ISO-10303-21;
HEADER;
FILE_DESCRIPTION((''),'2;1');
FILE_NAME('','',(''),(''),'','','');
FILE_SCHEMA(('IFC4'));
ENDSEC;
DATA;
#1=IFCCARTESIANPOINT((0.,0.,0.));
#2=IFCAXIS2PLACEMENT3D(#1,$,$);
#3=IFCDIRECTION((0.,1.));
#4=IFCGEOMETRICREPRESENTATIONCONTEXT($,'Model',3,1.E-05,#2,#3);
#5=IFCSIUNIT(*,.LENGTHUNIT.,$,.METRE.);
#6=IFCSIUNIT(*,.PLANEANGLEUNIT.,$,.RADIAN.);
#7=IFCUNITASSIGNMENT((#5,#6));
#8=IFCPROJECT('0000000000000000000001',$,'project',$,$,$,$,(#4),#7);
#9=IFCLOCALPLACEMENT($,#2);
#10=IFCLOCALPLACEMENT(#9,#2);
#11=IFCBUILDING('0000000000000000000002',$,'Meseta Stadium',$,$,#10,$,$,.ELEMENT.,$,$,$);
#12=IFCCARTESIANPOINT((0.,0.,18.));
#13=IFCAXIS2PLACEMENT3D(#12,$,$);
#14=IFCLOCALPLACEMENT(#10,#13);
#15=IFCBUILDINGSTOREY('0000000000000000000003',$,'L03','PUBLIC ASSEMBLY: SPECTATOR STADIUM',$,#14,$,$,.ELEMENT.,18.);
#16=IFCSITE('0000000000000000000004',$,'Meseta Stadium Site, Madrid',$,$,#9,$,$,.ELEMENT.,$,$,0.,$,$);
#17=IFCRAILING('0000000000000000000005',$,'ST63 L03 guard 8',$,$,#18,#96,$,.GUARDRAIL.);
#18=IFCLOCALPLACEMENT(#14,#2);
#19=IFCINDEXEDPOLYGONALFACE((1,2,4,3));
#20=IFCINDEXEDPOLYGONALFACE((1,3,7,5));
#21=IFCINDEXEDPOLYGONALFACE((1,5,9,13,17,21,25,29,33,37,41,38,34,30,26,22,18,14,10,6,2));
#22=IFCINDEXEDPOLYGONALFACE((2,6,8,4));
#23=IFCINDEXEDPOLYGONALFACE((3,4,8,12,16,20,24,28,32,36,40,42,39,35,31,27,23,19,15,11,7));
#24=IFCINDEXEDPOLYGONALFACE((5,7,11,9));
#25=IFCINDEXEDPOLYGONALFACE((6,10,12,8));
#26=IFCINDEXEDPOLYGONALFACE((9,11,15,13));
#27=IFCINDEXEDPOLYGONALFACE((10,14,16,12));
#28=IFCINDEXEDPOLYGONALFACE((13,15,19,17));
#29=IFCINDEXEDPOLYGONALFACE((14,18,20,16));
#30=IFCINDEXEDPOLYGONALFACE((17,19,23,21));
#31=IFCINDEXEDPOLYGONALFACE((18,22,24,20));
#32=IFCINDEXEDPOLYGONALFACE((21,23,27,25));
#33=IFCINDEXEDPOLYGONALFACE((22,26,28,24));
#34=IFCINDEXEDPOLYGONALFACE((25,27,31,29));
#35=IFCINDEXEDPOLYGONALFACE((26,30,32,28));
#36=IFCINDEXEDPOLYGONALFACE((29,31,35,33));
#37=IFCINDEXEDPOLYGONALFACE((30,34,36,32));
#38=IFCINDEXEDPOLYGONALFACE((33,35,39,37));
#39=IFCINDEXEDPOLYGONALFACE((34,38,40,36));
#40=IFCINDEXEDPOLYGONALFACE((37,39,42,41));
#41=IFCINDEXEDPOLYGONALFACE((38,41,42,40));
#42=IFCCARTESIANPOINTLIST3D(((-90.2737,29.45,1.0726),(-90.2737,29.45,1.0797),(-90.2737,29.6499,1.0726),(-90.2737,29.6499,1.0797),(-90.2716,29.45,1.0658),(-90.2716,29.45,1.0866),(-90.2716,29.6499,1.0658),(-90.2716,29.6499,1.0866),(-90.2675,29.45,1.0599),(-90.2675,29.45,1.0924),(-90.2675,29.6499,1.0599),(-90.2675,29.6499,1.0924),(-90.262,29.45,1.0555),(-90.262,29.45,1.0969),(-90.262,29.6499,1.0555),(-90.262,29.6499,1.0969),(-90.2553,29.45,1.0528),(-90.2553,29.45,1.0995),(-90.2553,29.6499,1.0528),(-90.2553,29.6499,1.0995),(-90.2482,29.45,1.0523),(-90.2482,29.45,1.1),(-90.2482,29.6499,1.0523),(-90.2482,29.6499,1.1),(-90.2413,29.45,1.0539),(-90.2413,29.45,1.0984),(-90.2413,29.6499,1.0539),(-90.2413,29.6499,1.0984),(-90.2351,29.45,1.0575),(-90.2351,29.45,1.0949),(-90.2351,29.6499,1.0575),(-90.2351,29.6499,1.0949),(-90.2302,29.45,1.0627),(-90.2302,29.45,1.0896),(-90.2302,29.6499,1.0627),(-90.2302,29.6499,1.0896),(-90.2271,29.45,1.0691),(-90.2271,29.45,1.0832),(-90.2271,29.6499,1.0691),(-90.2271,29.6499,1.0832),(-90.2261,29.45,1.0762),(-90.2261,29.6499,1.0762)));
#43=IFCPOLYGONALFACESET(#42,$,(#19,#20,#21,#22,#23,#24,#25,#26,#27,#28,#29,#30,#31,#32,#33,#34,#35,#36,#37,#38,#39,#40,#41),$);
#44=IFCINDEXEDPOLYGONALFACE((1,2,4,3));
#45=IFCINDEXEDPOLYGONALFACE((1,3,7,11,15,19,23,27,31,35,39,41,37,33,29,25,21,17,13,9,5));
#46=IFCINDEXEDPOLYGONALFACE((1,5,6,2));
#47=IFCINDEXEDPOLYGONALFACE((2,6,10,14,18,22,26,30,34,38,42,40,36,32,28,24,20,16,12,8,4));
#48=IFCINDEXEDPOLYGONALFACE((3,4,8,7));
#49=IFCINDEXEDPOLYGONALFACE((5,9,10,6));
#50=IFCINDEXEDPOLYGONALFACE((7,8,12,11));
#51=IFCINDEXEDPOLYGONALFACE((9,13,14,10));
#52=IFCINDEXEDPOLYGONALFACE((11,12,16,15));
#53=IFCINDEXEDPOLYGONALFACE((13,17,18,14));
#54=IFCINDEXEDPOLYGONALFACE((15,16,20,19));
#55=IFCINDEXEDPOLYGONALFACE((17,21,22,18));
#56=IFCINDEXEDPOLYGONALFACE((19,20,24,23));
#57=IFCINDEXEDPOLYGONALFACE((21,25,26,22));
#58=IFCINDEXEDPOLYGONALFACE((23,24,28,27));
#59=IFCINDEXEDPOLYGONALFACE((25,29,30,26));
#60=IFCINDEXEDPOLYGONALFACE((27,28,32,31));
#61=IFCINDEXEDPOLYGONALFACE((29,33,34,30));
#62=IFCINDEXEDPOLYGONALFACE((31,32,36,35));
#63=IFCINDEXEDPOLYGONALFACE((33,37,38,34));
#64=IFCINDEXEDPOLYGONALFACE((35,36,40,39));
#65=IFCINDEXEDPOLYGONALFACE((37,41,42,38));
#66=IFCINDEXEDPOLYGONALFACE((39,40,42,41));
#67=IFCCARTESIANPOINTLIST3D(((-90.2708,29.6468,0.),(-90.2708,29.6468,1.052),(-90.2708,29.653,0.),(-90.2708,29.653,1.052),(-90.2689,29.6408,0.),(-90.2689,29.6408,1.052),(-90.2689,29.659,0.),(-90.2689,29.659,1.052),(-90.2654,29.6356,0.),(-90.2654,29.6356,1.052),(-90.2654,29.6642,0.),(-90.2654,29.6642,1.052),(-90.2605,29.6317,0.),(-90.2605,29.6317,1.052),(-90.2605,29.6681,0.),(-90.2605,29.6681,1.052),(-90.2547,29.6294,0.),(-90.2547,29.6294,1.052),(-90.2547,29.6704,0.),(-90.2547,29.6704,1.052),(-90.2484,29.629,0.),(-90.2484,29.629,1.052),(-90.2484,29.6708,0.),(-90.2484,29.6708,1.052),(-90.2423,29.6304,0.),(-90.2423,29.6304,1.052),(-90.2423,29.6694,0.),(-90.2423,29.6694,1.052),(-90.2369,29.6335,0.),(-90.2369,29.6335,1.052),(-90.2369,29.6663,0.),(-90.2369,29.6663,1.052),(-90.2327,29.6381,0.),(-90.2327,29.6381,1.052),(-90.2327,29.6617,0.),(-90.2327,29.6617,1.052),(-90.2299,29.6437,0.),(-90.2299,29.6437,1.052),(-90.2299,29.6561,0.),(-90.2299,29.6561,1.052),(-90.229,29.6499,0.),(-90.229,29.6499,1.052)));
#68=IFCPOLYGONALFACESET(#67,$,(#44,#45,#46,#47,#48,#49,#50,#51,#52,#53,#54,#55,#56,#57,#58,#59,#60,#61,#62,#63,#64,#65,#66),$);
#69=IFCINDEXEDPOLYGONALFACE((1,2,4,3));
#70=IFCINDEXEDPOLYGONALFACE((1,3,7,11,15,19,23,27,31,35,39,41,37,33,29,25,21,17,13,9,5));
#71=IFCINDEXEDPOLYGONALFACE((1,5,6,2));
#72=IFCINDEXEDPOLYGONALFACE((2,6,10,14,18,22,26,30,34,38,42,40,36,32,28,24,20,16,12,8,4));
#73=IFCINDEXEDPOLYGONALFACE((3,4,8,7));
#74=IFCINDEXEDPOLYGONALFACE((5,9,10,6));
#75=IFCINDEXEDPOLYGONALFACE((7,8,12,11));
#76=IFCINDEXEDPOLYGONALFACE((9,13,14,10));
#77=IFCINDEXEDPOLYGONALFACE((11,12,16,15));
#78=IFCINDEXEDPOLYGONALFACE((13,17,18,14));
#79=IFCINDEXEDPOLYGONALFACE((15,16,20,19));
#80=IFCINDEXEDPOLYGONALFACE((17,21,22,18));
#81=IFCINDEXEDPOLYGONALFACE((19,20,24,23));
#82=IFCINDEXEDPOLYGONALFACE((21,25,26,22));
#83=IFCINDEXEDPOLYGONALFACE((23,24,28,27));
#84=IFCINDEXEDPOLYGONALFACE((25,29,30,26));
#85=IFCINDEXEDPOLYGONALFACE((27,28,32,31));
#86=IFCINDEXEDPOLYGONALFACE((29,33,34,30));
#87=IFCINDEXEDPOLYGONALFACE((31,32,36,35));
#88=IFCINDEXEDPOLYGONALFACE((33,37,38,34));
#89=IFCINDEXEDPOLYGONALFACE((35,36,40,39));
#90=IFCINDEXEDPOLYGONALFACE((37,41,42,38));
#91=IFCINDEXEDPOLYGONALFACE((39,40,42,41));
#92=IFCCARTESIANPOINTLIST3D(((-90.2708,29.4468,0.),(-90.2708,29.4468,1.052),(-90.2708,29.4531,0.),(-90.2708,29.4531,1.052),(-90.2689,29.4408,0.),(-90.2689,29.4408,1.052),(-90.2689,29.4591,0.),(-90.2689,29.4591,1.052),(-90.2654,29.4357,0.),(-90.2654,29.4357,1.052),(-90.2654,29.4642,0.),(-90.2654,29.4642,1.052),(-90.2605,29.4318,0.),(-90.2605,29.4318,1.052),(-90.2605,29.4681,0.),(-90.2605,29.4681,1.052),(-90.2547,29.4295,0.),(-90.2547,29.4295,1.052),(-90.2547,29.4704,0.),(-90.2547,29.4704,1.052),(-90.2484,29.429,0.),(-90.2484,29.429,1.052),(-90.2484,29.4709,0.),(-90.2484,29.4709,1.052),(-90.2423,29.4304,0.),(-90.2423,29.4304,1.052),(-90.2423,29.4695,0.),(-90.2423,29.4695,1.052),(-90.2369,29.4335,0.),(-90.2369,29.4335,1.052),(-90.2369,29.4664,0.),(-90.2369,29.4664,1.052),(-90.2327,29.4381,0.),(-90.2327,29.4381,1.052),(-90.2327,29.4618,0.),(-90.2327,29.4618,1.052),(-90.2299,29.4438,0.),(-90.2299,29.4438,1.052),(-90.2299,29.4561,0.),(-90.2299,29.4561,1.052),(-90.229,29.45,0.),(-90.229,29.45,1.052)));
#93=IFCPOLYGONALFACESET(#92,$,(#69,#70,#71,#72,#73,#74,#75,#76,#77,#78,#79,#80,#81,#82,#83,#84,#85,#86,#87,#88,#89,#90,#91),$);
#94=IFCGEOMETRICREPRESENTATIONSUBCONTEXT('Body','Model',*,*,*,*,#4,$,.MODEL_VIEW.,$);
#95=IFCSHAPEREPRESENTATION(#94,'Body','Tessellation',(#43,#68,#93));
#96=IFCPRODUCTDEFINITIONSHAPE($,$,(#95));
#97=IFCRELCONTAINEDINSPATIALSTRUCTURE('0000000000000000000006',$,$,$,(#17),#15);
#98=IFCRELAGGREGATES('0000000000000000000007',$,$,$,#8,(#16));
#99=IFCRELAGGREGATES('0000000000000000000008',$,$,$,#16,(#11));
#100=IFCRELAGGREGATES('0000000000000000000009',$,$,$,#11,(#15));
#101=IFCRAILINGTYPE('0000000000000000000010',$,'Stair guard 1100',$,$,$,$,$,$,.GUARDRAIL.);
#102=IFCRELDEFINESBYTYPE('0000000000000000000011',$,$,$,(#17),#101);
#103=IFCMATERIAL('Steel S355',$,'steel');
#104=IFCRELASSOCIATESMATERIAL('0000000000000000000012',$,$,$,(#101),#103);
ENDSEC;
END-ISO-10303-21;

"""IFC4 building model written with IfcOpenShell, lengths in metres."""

from ifc_helpers import new_model, si_unit, direction, frame, origin, origin_2d, place, context, subcontext, project, spatial, circle, extrude, material, type_object, element, save


model = new_model("IFC4")

# Units and contexts
model_context = context("Model", 3, precision=1e-05, world=origin(), true_north=direction((0.0, 1.0)))
body_context = subcontext(model_context, "Body", "Model", "MODEL_VIEW")
ifc_project = project(units=[si_unit("LENGTHUNIT", "METRE"), si_unit("PLANEANGLEUNIT", "RADIAN")], contexts=[model_context])

# Site, building, storey
site_placement = place(None, origin())
site = spatial("IfcSite", under=ifc_project, at=site_placement, Name="Meseta Stadium Site, Madrid", CompositionType="ELEMENT", RefElevation=0.0)
building_placement = place(site_placement, origin())
building = spatial("IfcBuilding", under=site, at=building_placement, Name="Meseta Stadium", CompositionType="ELEMENT")
storey_placement = place(building_placement, frame((0.0, 0.0, 18.0)))
storey = spatial("IfcBuildingStorey", under=building, at=storey_placement, Name="L03", Description="PUBLIC ASSEMBLY: SPECTATOR STADIUM", CompositionType="ELEMENT", Elevation=18.0)

# Railing
ifc_material_1 = material(Name="Steel S355", Category="steel")
railing_type_1 = type_object("IfcRailingType", Name="Stair guard 1100", PredefinedType="GUARDRAIL", material=ifc_material_1)
railing_1_placement = place(storey_placement, frame((-90.25, 29.6499, 0.0)))
element("IfcRailing", 1, at=railing_1_placement, inside=storey, type_object=railing_type_1, Name="ST63 L03 guard 8", PredefinedType="GUARDRAIL", context=body_context, shape_type="SweptSolid", body=[
    extrude(circle(Radius=0.0239, at=origin_2d()), frame((0.0, 0.0, 1.0762), z_axis=(0.0, -1.0, 0.0), x_axis=(1.0, 0.0, 0.0)), (0.0, 0.0, 1.0), 0.2),
    extrude(circle(Radius=0.021, at=origin_2d()), origin(), (0.0, 0.0, 1.0), 1.052),
    extrude(circle(Radius=0.021, at=origin_2d()), frame((0.0, -0.2, 0.0)), (0.0, 0.0, 1.0), 1.052),
])

save(model, "model.ifc")
